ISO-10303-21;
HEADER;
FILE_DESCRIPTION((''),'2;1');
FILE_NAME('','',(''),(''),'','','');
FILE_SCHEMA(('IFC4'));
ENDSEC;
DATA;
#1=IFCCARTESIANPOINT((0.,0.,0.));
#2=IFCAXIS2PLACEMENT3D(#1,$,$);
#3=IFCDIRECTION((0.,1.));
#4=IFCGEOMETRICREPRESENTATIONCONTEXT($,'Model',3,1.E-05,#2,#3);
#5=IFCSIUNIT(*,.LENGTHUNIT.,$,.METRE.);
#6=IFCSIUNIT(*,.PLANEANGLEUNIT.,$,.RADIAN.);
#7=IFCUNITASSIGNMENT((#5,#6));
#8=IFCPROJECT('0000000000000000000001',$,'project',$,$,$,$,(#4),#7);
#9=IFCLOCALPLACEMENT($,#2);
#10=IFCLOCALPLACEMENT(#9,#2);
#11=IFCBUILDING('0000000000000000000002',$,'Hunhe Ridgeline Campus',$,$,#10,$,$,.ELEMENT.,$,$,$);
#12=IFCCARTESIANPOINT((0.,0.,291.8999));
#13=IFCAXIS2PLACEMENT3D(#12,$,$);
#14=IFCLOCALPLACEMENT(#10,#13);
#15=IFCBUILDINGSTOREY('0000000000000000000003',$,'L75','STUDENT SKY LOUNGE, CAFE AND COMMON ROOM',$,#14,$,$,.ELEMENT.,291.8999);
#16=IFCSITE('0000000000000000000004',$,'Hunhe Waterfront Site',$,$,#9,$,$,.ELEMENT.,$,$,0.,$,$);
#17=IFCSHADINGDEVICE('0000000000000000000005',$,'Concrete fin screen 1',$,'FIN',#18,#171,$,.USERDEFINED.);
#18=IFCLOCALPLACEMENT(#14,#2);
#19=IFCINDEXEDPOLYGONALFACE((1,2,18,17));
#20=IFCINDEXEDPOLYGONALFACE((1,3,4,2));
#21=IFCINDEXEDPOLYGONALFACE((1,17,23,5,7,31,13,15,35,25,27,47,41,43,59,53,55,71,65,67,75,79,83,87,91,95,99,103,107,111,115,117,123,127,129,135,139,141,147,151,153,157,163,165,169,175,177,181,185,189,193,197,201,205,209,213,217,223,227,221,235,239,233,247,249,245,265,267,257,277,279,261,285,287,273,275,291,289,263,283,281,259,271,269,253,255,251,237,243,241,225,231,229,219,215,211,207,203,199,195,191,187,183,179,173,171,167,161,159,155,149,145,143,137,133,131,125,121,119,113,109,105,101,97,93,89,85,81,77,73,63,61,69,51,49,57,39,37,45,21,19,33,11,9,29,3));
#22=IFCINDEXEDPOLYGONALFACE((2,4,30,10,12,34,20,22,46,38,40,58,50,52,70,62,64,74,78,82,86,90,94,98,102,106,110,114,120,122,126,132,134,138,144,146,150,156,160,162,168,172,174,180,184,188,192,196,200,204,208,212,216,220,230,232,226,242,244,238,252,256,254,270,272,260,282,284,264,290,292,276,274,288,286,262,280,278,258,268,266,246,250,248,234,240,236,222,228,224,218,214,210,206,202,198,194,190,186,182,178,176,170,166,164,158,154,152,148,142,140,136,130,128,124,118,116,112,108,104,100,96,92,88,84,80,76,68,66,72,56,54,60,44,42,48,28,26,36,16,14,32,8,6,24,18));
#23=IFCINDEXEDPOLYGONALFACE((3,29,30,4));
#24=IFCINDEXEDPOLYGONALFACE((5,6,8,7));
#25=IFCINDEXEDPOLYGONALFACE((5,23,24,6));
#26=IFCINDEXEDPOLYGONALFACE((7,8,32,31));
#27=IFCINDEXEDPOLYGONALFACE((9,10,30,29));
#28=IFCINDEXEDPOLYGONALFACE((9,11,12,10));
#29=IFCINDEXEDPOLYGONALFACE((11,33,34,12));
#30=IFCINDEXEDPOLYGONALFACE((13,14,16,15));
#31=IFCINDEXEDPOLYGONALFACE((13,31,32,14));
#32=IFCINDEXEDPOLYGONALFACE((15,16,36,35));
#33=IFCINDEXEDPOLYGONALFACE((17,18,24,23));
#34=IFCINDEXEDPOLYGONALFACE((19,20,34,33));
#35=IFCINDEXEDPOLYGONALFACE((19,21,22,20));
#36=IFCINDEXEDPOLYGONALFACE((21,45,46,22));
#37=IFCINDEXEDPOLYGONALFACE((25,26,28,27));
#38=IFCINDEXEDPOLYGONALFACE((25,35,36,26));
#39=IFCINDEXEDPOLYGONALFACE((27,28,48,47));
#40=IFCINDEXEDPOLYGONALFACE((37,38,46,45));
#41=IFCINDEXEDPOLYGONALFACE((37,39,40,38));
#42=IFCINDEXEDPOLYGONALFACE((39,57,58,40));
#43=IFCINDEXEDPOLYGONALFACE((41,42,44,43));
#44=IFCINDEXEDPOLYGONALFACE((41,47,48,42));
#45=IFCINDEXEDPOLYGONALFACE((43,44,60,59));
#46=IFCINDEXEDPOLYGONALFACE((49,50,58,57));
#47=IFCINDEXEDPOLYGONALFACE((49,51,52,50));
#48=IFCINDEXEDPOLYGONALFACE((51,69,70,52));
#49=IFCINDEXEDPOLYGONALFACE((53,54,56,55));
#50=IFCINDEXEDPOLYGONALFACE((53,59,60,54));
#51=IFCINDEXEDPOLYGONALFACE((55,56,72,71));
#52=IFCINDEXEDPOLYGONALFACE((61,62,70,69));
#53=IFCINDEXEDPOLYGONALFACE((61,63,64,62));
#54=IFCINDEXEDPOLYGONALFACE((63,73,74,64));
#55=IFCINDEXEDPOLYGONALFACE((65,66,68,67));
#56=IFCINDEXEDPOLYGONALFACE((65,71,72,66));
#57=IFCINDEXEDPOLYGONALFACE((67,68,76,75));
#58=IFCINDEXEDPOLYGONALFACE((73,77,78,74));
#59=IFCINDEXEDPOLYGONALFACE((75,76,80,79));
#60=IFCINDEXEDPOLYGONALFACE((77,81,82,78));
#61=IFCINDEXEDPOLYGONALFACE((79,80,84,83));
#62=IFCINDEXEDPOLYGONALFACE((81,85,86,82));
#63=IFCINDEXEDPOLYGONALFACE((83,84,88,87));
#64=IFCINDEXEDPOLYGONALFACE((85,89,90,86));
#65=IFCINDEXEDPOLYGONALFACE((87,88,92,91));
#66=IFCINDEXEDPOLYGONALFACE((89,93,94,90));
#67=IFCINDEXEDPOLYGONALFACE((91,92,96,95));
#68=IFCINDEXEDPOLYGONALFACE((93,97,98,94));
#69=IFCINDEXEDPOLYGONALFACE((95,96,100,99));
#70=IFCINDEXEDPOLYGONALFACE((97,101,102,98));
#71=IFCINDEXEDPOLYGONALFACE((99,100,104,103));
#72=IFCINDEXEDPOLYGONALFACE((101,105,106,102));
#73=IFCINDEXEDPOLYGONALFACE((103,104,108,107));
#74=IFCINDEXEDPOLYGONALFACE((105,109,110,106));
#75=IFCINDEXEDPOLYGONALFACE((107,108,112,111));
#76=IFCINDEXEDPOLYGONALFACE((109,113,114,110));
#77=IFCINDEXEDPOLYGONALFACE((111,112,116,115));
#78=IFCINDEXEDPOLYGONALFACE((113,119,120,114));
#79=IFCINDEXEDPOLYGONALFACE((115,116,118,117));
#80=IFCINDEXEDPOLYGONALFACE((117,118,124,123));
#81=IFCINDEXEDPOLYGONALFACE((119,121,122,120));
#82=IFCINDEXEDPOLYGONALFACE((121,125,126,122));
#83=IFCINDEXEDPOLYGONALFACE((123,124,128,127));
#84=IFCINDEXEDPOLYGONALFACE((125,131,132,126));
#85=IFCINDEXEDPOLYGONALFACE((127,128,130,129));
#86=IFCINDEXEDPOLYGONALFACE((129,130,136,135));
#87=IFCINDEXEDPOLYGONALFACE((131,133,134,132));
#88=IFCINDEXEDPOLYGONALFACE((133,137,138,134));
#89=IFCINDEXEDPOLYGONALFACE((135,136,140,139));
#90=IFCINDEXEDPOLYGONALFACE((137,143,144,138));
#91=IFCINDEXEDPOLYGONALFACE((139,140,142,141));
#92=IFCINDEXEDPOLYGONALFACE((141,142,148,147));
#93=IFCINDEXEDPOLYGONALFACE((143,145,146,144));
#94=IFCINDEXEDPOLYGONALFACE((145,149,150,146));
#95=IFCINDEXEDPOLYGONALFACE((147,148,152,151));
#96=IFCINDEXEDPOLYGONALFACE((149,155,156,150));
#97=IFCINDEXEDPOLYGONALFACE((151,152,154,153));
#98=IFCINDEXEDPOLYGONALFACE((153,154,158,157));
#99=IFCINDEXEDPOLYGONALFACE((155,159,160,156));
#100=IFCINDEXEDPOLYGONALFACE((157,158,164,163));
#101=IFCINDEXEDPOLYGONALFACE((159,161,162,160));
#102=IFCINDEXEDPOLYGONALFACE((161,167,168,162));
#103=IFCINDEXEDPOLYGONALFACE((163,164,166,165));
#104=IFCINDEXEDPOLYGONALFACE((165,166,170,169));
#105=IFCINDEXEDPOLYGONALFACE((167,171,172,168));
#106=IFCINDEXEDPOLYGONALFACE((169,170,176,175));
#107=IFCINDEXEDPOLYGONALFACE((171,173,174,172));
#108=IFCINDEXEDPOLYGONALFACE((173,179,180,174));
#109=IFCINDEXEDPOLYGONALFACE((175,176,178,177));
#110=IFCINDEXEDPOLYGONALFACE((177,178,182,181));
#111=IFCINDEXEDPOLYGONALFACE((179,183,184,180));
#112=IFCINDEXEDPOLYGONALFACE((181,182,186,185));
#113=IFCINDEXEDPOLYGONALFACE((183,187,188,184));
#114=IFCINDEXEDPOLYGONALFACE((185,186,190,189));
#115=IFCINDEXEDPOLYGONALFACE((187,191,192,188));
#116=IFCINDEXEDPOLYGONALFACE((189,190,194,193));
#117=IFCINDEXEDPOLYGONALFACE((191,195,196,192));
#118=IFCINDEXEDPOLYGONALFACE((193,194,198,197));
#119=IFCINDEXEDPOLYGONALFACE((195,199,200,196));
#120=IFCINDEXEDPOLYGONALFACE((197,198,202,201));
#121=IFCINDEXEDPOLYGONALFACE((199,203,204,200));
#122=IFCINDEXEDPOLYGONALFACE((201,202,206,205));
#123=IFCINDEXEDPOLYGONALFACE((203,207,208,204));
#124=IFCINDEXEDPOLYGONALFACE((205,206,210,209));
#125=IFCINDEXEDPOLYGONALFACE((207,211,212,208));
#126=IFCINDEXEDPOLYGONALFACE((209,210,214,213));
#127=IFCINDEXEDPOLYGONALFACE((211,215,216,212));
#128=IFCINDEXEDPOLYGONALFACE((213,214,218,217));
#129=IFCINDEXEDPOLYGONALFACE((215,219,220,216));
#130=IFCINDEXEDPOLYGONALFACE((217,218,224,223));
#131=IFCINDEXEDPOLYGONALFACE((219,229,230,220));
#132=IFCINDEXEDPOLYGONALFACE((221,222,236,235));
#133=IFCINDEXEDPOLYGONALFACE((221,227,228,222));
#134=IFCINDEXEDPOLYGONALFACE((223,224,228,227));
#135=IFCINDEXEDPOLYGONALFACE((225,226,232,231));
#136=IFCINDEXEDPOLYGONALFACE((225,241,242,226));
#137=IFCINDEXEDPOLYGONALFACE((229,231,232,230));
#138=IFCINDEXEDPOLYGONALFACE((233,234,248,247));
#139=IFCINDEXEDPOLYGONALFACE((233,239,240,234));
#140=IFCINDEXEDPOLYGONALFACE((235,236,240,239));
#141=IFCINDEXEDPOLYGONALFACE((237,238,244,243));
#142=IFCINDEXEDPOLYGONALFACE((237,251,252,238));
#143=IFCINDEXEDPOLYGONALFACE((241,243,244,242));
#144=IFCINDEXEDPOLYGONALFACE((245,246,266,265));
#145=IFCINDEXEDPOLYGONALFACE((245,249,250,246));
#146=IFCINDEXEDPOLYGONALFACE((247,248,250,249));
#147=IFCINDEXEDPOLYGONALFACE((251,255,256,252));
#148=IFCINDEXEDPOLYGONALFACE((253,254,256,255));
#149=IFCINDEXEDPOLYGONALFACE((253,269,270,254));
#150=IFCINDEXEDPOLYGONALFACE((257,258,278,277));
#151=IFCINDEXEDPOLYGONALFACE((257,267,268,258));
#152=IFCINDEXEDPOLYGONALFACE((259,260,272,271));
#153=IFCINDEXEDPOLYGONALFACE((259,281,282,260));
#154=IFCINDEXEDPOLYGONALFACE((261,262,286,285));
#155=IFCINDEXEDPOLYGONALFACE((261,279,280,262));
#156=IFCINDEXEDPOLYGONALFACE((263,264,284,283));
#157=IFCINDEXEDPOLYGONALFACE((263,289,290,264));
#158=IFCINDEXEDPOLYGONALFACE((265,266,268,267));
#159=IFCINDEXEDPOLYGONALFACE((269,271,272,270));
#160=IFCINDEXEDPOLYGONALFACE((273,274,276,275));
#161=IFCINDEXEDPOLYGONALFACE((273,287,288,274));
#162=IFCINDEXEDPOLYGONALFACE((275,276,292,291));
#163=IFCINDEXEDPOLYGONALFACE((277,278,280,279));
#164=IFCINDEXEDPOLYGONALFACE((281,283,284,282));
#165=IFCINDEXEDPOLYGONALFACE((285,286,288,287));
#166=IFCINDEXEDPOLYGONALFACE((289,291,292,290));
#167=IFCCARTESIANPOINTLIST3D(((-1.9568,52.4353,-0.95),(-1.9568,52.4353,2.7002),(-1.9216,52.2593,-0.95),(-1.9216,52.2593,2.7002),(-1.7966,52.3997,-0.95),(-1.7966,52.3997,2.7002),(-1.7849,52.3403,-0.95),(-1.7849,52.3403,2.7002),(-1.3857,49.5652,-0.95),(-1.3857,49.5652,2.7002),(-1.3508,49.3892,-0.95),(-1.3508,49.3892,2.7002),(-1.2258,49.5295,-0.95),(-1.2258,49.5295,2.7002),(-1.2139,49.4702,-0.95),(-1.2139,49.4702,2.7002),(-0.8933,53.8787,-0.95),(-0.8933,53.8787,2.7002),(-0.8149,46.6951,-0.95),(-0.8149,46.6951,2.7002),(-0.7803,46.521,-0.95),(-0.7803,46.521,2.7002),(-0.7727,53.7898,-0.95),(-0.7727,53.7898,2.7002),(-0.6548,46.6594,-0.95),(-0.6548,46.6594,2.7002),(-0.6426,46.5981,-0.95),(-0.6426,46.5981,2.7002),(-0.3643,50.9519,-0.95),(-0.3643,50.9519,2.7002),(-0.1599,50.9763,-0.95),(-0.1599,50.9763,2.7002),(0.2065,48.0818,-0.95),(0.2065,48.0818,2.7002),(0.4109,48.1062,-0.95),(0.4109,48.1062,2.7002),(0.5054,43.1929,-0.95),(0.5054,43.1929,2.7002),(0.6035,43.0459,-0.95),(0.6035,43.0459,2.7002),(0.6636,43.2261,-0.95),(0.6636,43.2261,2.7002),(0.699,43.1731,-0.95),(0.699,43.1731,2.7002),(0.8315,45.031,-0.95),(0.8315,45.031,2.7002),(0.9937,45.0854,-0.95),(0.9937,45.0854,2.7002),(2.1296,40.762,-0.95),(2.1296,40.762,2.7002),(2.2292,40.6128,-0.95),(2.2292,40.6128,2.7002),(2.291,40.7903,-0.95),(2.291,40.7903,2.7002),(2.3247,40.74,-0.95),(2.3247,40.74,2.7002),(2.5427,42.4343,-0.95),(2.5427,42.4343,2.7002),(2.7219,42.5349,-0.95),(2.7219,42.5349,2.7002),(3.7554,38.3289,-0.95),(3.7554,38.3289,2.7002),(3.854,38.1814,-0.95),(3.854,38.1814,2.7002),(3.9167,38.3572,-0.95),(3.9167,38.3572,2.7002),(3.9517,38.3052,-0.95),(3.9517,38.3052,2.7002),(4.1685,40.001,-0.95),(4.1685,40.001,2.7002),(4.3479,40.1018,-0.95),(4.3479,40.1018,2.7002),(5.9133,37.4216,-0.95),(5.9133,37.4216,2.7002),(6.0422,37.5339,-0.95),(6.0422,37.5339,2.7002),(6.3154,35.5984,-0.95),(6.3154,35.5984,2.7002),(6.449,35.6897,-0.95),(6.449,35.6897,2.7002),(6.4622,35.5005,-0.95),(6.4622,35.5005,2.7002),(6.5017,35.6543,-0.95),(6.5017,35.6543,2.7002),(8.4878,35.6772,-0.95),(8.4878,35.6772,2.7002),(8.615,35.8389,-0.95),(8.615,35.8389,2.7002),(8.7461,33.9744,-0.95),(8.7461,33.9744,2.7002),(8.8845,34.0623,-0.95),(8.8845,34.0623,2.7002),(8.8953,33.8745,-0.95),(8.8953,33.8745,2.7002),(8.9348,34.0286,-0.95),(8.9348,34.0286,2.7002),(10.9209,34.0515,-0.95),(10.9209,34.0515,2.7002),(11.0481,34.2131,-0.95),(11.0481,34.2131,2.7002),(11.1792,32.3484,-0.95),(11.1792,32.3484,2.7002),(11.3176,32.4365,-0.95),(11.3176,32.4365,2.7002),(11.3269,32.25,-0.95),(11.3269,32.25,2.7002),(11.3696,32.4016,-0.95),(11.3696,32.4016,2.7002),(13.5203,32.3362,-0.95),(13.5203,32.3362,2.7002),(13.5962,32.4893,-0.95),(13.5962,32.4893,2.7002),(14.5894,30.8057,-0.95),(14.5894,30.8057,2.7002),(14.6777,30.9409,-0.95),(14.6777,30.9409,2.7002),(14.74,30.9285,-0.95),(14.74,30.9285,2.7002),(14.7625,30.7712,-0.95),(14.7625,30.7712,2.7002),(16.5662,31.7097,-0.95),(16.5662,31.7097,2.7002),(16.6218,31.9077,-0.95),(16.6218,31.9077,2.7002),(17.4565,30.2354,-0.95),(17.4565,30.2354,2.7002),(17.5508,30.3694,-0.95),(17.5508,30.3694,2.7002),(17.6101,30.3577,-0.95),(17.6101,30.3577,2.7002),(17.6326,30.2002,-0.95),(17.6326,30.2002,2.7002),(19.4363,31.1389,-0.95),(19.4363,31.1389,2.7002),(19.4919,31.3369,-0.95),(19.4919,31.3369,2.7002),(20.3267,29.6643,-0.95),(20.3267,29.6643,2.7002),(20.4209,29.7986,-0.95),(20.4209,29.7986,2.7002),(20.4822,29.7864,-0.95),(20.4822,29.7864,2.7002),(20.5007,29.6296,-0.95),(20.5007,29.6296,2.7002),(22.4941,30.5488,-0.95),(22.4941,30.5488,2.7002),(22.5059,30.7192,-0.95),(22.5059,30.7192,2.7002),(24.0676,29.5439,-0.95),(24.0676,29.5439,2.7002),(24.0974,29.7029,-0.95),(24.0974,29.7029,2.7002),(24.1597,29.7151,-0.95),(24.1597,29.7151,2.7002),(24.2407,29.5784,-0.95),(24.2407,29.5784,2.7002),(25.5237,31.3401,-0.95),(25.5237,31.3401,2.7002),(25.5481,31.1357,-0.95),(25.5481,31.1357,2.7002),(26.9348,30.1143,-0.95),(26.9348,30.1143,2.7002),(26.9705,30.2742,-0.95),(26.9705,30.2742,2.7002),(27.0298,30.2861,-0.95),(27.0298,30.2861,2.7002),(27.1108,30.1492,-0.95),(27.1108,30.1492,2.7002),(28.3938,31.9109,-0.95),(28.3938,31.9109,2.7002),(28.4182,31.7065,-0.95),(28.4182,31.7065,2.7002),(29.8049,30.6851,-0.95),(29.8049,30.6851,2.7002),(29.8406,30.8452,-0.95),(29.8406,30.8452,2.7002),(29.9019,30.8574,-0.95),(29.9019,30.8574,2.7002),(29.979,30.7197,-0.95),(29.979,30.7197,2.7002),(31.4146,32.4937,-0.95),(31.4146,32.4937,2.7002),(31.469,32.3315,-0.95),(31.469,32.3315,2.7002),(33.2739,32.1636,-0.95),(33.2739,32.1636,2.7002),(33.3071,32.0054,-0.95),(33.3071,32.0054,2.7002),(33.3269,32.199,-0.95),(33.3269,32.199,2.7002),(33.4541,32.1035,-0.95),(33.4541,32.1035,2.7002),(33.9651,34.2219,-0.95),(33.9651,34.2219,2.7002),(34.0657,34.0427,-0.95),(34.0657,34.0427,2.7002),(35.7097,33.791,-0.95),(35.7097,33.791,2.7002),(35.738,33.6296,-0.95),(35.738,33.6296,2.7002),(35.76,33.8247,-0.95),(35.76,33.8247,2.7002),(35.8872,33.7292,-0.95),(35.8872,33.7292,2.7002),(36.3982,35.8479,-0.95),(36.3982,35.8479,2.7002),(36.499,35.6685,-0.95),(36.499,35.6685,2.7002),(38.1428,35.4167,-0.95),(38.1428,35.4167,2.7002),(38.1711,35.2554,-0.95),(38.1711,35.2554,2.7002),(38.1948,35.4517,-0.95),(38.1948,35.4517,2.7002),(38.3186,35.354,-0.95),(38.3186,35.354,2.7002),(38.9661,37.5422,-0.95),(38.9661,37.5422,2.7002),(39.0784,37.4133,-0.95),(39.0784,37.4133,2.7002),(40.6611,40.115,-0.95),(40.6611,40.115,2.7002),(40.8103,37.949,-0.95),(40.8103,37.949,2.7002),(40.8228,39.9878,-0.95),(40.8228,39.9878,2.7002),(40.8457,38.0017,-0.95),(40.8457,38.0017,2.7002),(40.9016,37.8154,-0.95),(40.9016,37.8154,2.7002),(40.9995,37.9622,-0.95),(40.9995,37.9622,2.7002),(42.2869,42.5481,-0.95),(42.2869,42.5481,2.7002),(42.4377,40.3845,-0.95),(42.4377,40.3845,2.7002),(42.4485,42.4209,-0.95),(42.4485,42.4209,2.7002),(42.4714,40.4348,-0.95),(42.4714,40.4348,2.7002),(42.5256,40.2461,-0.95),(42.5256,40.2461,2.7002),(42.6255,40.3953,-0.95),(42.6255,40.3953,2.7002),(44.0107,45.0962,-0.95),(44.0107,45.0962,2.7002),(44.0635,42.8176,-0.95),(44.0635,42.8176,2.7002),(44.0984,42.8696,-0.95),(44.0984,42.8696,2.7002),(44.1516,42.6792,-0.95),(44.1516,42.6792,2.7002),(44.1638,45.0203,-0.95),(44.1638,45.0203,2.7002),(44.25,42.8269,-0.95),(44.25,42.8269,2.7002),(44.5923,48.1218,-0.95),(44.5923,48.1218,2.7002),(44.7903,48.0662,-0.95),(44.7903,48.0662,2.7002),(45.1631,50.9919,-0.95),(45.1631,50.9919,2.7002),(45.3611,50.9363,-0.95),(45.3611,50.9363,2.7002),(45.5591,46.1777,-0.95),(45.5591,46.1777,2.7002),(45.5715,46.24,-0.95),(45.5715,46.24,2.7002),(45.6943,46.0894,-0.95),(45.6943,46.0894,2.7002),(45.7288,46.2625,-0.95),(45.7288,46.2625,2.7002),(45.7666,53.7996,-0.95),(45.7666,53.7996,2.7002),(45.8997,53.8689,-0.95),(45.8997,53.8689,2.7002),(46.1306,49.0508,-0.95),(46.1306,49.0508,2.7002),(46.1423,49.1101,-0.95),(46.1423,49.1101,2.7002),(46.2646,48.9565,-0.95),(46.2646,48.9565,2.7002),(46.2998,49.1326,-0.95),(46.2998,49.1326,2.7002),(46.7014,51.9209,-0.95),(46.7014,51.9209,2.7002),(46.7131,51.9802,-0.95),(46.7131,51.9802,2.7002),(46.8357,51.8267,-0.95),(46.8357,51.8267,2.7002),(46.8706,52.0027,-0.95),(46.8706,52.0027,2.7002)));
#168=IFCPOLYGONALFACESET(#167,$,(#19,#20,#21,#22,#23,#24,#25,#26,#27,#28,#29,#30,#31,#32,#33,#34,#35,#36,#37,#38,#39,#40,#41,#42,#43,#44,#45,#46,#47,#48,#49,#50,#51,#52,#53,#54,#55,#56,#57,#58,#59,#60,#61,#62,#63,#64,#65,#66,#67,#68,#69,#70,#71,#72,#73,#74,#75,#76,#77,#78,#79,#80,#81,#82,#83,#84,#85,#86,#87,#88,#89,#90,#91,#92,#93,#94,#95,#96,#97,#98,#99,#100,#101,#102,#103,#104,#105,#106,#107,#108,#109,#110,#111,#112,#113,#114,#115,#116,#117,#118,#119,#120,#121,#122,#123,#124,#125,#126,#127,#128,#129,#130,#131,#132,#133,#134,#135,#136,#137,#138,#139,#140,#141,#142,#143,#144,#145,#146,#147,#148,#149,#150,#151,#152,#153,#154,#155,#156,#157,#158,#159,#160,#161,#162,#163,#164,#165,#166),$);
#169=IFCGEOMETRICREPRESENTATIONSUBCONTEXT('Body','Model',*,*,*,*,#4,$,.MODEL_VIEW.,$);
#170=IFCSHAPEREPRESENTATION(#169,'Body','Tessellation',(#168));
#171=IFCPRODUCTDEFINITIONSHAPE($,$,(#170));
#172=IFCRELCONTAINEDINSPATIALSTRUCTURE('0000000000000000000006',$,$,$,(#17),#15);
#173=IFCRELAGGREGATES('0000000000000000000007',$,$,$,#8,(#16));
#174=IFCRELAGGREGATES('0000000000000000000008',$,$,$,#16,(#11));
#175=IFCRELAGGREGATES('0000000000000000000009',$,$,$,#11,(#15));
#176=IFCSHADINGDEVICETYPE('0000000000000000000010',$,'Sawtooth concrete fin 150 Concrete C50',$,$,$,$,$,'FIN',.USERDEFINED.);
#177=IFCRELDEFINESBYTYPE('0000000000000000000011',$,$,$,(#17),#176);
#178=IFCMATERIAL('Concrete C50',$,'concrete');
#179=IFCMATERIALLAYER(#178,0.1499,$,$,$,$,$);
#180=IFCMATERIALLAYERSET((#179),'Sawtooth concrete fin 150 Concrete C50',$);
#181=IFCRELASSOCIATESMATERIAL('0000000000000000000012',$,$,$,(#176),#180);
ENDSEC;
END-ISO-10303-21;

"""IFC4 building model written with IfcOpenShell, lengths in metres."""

from ifc_helpers import new_model, si_unit, direction, frame, origin, place, context, subcontext, project, spatial, polyline, outline, extrude, material, layer, layer_set, type_object, element, save


model = new_model("IFC4")

# Units and contexts
model_context = context("Model", 3, precision=1e-05, world=origin(), true_north=direction((0.0, 1.0)))
body_context = subcontext(model_context, "Body", "Model", "MODEL_VIEW")
ifc_project = project(units=[si_unit("LENGTHUNIT", "METRE"), si_unit("PLANEANGLEUNIT", "RADIAN")], contexts=[model_context])

# Site, building, storey
site_placement = place(None, origin())
site = spatial("IfcSite", under=ifc_project, at=site_placement, Name="Hunhe Waterfront Site", CompositionType="ELEMENT", RefElevation=0.0)
building_placement = place(site_placement, origin())
building = spatial("IfcBuilding", under=site, at=building_placement, Name="Hunhe Ridgeline Campus", CompositionType="ELEMENT")
storey_placement = place(building_placement, frame((0.0, 0.0, 291.8999)))
storey = spatial("IfcBuildingStorey", under=building, at=storey_placement, Name="L75", Description="STUDENT SKY LOUNGE, CAFE AND COMMON ROOM", CompositionType="ELEMENT", Elevation=291.8999)

# Shared definitions
ifc_material_1 = material(Name="Concrete C50", Category="concrete")

# Shading device
ifc_layer_1 = layer(ifc_material_1, 0.1499)
ifc_layer_set_1 = layer_set([ifc_layer_1], Name="Sawtooth concrete fin 150 Concrete C50")
shading_device_type = type_object("IfcShadingDeviceType", Name="Sawtooth concrete fin 150 Concrete C50", ElementType="FIN", PredefinedType="USERDEFINED", material=ifc_layer_set_1)
shading_device_1_placement = place(storey_placement, frame((0.0, 0.0, -0.95)))
element("IfcShadingDevice", 1, at=shading_device_1_placement, inside=storey, type_object=shading_device_type, Name="Concrete fin screen 1", ObjectType="FIN", PredefinedType="USERDEFINED", context=body_context, shape_type="SweptSolid", body=[
    extrude(outline(polyline([(-0.7727, 53.7898), (-0.8933, 53.8787), (-1.9568, 52.4353), (-1.9216, 52.2593), (-0.3643, 50.9519), (-1.3857, 49.5652), (-1.3508, 49.3892), (0.2065, 48.0818), (-0.8149, 46.6951), (-0.7803, 46.521), (0.8315, 45.031), (0.5054, 43.1929), (0.6035, 43.0459), (2.5427, 42.4343), (2.1296, 40.762), (2.2292, 40.6128), (4.1685, 40.001), (3.7554, 38.3289), (3.854, 38.1814), (5.9133, 37.4216), (6.3154, 35.5984), (6.4622, 35.5005), (8.4878, 35.6772), (8.7461, 33.9744), (8.8953, 33.8745), (10.9209, 34.0515), (11.1792, 32.3484), (11.3269, 32.25), (13.5203, 32.3362), (14.5894, 30.8057), (14.7625, 30.7712), (16.5662, 31.7097), (17.4565, 30.2354), (17.6326, 30.2002), (19.4363, 31.1389), (20.3267, 29.6643), (20.5007, 29.6296), (22.4941, 30.5488), (24.0676, 29.5439), (24.2407, 29.5784), (25.5481, 31.1357), (26.9348, 30.1143), (27.1108, 30.1492), (28.4182, 31.7065), (29.8049, 30.6851), (29.979, 30.7197), (31.469, 32.3315), (33.3071, 32.0054), (33.4541, 32.1035), (34.0657, 34.0427), (35.738, 33.6296), (35.8872, 33.7292), (36.499, 35.6685), (38.1711, 35.2554), (38.3186, 35.354), (39.0784, 37.4133), (40.9016, 37.8154), (40.9995, 37.9622), (40.8228, 39.9878), (42.5256, 40.2461), (42.6255, 40.3953), (42.4485, 42.4209), (44.1516, 42.6792), (44.25, 42.8269), (44.1638, 45.0203), (45.6943, 46.0894), (45.7288, 46.2625), (44.7903, 48.0662), (46.2646, 48.9565), (46.2998, 49.1326), (45.3611, 50.9363), (46.8357, 51.8267), (46.8706, 52.0027), (45.8997, 53.8689), (45.7666, 53.7996), (46.7131, 51.9802), (46.7014, 51.9209), (45.1631, 50.9919), (46.1423, 49.1101), (46.1306, 49.0508), (44.5923, 48.1218), (45.5715, 46.24), (45.5591, 46.1777), (44.0107, 45.0962), (44.0984, 42.8696), (44.0635, 42.8176), (42.2869, 42.5481), (42.4714, 40.4348), (42.4377, 40.3845), (40.6611, 40.115), (40.8457, 38.0017), (40.8103, 37.949), (38.9661, 37.5422), (38.1948, 35.4517), (38.1428, 35.4167), (36.3982, 35.8479), (35.76, 33.8247), (35.7097, 33.791), (33.9651, 34.2219), (33.3269, 32.199), (33.2739, 32.1636), (31.4146, 32.4937), (29.9019, 30.8574), (29.8406, 30.8452), (28.3938, 31.9109), (27.0298, 30.2861), (26.9705, 30.2742), (25.5237, 31.3401), (24.1597, 29.7151), (24.0974, 29.7029), (22.5059, 30.7192), (20.4822, 29.7864), (20.4209, 29.7986), (19.4919, 31.3369), (17.6101, 30.3577), (17.5508, 30.3694), (16.6218, 31.9077), (14.74, 30.9285), (14.6777, 30.9409), (13.5962, 32.4893), (11.3696, 32.4016), (11.3176, 32.4365), (11.0481, 34.2131), (8.9348, 34.0286), (8.8845, 34.0623), (8.615, 35.8389), (6.5017, 35.6543), (6.449, 35.6897), (6.0422, 37.5339), (3.9517, 38.3052), (3.9167, 38.3572), (4.3479, 40.1018), (2.3247, 40.74), (2.291, 40.7903), (2.7219, 42.5349), (0.699, 43.1731), (0.6636, 43.2261), (0.9937, 45.0854), (-0.6426, 46.5981), (-0.6548, 46.6594), (0.4109, 48.1062), (-1.2139, 49.4702), (-1.2258, 49.5295), (-0.1599, 50.9763), (-1.7849, 52.3403), (-1.7966, 52.3997), (-0.7727, 53.7898)])), origin(), (0.0, 0.0, 1.0), 3.6501),
])

save(model, "model.ifc")
